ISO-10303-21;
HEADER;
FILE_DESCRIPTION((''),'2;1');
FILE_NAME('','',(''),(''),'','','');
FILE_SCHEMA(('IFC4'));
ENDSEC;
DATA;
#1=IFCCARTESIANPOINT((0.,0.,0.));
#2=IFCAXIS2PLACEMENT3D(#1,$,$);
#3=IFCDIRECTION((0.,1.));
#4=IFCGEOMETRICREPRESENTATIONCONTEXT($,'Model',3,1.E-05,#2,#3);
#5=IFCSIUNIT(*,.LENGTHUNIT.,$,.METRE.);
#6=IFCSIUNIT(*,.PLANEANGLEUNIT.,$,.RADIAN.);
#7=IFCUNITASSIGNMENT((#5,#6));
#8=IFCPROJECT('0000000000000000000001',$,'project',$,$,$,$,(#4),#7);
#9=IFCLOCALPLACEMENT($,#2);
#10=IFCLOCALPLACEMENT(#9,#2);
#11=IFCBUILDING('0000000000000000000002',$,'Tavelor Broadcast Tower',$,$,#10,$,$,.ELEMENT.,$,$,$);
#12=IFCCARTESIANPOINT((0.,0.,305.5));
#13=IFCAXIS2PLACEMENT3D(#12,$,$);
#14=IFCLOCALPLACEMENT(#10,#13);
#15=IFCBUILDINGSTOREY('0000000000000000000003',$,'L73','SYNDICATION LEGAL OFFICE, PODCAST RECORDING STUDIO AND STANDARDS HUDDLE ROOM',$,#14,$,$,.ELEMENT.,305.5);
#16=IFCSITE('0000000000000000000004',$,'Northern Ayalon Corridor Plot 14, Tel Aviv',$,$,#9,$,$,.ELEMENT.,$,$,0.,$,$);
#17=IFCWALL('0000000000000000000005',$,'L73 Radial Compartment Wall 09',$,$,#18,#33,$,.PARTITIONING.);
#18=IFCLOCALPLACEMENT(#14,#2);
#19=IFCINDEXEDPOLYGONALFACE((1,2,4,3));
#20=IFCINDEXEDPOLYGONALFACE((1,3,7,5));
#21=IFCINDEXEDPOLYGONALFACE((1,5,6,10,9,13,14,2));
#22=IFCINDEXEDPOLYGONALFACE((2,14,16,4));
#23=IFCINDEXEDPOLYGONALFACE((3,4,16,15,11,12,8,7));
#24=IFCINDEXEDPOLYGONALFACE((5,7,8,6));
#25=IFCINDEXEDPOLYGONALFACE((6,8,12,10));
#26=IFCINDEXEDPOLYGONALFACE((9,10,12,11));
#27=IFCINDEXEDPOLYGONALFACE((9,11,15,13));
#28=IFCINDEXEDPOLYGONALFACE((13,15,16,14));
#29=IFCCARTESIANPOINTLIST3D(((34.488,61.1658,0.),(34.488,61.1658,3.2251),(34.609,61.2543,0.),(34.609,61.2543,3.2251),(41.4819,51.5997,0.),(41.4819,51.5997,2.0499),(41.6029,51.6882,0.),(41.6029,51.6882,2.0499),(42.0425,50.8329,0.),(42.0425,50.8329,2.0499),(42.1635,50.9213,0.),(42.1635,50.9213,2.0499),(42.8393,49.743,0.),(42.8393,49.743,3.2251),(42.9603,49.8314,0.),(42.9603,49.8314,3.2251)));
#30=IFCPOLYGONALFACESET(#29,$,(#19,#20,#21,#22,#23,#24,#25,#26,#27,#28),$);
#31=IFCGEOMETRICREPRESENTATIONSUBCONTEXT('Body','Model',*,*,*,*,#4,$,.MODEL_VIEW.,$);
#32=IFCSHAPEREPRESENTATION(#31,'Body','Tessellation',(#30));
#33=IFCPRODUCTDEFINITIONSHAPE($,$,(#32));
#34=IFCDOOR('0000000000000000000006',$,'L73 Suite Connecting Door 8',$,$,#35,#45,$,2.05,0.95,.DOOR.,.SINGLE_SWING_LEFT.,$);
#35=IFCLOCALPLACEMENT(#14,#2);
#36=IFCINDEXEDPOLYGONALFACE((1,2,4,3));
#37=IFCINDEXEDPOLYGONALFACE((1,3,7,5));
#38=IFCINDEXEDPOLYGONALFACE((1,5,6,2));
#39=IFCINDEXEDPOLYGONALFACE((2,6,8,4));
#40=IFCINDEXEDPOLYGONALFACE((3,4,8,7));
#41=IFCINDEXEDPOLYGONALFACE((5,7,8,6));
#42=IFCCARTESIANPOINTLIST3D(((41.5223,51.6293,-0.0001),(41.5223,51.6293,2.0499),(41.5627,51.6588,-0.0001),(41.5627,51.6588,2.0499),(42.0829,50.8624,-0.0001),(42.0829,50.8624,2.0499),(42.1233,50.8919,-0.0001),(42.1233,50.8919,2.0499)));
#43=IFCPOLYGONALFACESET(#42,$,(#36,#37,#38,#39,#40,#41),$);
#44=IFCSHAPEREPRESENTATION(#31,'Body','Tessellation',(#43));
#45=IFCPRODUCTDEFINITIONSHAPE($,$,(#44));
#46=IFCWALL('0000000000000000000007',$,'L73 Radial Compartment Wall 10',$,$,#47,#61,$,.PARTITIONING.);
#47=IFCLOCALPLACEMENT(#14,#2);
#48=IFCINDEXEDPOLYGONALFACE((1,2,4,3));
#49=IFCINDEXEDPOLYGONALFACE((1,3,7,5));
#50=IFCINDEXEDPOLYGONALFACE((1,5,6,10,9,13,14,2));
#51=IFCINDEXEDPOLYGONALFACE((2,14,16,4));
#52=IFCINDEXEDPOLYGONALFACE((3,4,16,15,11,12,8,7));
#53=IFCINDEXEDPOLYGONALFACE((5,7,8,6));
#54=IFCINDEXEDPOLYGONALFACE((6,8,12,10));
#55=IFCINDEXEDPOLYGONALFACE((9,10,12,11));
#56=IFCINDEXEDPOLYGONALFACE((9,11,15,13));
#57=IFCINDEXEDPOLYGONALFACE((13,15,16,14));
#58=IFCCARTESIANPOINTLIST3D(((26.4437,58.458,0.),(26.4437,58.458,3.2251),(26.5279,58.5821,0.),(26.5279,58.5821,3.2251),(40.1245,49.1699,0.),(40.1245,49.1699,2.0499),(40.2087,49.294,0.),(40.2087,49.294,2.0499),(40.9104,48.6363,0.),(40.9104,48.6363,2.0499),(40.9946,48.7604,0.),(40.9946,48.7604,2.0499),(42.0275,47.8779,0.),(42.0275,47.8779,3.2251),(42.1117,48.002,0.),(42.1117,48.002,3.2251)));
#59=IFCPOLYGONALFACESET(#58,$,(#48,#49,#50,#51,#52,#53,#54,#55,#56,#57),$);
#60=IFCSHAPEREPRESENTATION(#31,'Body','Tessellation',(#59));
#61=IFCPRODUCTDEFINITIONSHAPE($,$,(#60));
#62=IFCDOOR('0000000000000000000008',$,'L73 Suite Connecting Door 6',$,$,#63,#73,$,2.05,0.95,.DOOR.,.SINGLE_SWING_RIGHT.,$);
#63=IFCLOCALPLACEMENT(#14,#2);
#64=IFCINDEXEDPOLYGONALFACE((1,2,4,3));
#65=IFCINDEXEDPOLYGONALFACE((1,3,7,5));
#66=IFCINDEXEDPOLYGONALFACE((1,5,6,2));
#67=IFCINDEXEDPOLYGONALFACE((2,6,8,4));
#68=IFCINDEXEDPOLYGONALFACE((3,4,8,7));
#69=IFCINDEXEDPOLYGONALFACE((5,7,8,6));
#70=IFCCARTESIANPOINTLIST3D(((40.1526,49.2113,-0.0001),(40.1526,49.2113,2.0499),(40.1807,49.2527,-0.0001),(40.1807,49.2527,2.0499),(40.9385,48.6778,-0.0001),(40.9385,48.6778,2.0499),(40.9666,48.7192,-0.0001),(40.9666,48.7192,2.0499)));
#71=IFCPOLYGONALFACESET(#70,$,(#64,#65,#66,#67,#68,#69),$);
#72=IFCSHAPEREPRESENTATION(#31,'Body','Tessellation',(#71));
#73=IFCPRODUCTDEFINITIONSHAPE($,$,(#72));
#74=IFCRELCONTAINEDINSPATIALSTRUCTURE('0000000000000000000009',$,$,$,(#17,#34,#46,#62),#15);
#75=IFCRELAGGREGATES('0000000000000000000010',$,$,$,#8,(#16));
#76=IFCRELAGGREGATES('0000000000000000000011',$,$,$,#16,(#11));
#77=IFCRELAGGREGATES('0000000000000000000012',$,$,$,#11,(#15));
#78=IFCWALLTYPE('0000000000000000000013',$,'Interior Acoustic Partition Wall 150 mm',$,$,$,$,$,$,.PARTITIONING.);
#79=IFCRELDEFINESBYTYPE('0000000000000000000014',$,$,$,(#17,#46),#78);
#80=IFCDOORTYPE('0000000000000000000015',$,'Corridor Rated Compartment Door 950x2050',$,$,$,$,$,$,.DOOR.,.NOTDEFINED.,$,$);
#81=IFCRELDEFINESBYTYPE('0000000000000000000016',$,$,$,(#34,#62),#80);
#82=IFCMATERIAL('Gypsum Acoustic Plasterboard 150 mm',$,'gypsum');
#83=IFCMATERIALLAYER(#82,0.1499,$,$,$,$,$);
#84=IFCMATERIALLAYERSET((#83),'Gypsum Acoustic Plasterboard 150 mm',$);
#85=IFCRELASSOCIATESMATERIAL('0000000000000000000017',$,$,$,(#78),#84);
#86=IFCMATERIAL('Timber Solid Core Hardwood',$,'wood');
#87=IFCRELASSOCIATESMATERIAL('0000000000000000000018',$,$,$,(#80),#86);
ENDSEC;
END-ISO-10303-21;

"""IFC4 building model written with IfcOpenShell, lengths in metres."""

from ifc_helpers import new_model, si_unit, direction, frame, frame_2d, origin, place, context, subcontext, project, spatial, rectangle, extrude, material, layer, layer_set, type_object, element, fill, save


model = new_model("IFC4")

# Units and contexts
model_context = context("Model", 3, precision=1e-05, world=origin(), true_north=direction((0.0, 1.0)))
body_context = subcontext(model_context, "Body", "Model", "MODEL_VIEW")
ifc_project = project(units=[si_unit("LENGTHUNIT", "METRE"), si_unit("PLANEANGLEUNIT", "RADIAN")], contexts=[model_context])

# Site, building, storey
site_placement = place(None, origin())
site = spatial("IfcSite", under=ifc_project, at=site_placement, Name="Northern Ayalon Corridor Plot 14, Tel Aviv", CompositionType="ELEMENT", RefElevation=0.0)
building_placement = place(site_placement, origin())
building = spatial("IfcBuilding", under=site, at=building_placement, Name="Tavelor Broadcast Tower", CompositionType="ELEMENT")
storey_placement = place(building_placement, frame((0.0, 0.0, 305.5)))
storey = spatial("IfcBuildingStorey", under=building, at=storey_placement, Name="L73", Description="SYNDICATION LEGAL OFFICE, PODCAST RECORDING STUDIO AND STANDARDS HUDDLE ROOM", CompositionType="ELEMENT", Elevation=305.5)

# Shared definitions
ifc_material_1 = material(Name="Gypsum Acoustic Plasterboard 150 mm", Category="gypsum")
ifc_layer_1 = layer(ifc_material_1, 0.1499)
ifc_layer_set_1 = layer_set([ifc_layer_1], Name="Gypsum Acoustic Plasterboard 150 mm")
wall_type_1 = type_object("IfcWallType", Name="Interior Acoustic Partition Wall 150 mm", PredefinedType="PARTITIONING", material=ifc_layer_set_1)

# Walls, openings, doors
wall_1_placement = place(storey_placement, frame((42.8999, 49.7871, 0.0), z_axis=(0.0, 0.0, 1.0), x_axis=(-0.590194, 0.807261, 0.0)))
wall_1 = element("IfcWall", 1, at=wall_1_placement, inside=storey, type_object=wall_type_1, Name="L73 Radial Compartment Wall 09", PredefinedType="PARTITIONING", context=body_context, shape_type="SweptSolid", body=[
    extrude(rectangle(XDim=14.1501, YDim=0.1499, at=frame_2d((7.0752, 0.0))), origin(), (0.0, 0.0, 1.0), 3.2251),
])
opening_1_placement = place(wall_1_placement, frame((1.3501, 0.0, 0.0)))
opening_1 = element("IfcOpeningElement", 2, at=opening_1_placement, cuts=wall_1, PredefinedType="OPENING", context=body_context, shape_type="SweptSolid", body=[
    extrude(rectangle(XDim=0.95, YDim=2.05, at=frame_2d((0.4751, 1.0249))), frame((0.0, 0.085, 0.0), z_axis=(0.0, -1.0, 0.0), x_axis=(1.0, 0.0, 0.0)), (0.0, 0.0, 1.0), 0.1699),
])
ifc_material_2 = material(Name="Timber Solid Core Hardwood", Category="wood")
door_type_1 = type_object("IfcDoorType", Name="Corridor Rated Compartment Door 950x2050", OperationType="NOTDEFINED", PredefinedType="DOOR", material=ifc_material_2)
door_1_placement = place(opening_1_placement, origin())
door_1 = element("IfcDoor", 3, at=door_1_placement, inside=storey, type_object=door_type_1, Name="L73 Suite Connecting Door 8", OperationType="SINGLE_SWING_LEFT", OverallHeight=2.05, OverallWidth=0.95, PredefinedType="DOOR", context=body_context, shape_type="SweptSolid", body=[
    extrude(rectangle(XDim=0.95, YDim=2.05, at=frame_2d((0.4751, 1.0249))), frame((0.0, 0.0249, 0.0), z_axis=(0.0, -1.0, 0.0), x_axis=(1.0, 0.0, 0.0)), (0.0, 0.0, 1.0), 0.05),
])
fill(opening_1, door_1)
wall_2_placement = place(storey_placement, frame((42.0696, 47.9399, 0.0), z_axis=(0.0, 0.0, 1.0), x_axis=(-0.827343, 0.561698, 0.0)))
wall_2 = element("IfcWall", 4, at=wall_2_placement, inside=storey, type_object=wall_type_1, Name="L73 Radial Compartment Wall 10", PredefinedType="PARTITIONING", context=body_context, shape_type="SweptSolid", body=[
    extrude(rectangle(XDim=18.8359, YDim=0.1499, at=frame_2d((9.418, 0.0))), origin(), (0.0, 0.0, 1.0), 3.2251),
])
opening_2_placement = place(wall_2_placement, frame((1.3501, 0.0, 0.0)))
opening_2 = element("IfcOpeningElement", 5, at=opening_2_placement, cuts=wall_2, PredefinedType="OPENING", context=body_context, shape_type="SweptSolid", body=[
    extrude(rectangle(XDim=0.95, YDim=2.05, at=frame_2d((0.4751, 1.0249))), frame((0.0, 0.085, 0.0), z_axis=(0.0, -1.0, 0.0), x_axis=(1.0, 0.0, 0.0)), (0.0, 0.0, 1.0), 0.1699),
])
door_2_placement = place(opening_2_placement, origin())
door_2 = element("IfcDoor", 6, at=door_2_placement, inside=storey, type_object=door_type_1, Name="L73 Suite Connecting Door 6", OperationType="SINGLE_SWING_RIGHT", OverallHeight=2.05, OverallWidth=0.95, PredefinedType="DOOR", context=body_context, shape_type="SweptSolid", body=[
    extrude(rectangle(XDim=0.95, YDim=2.05, at=frame_2d((0.4751, 1.0249))), frame((0.0, 0.0249, 0.0), z_axis=(0.0, -1.0, 0.0), x_axis=(1.0, 0.0, 0.0)), (0.0, 0.0, 1.0), 0.05),
])
fill(opening_2, door_2)

save(model, "model.ifc")
